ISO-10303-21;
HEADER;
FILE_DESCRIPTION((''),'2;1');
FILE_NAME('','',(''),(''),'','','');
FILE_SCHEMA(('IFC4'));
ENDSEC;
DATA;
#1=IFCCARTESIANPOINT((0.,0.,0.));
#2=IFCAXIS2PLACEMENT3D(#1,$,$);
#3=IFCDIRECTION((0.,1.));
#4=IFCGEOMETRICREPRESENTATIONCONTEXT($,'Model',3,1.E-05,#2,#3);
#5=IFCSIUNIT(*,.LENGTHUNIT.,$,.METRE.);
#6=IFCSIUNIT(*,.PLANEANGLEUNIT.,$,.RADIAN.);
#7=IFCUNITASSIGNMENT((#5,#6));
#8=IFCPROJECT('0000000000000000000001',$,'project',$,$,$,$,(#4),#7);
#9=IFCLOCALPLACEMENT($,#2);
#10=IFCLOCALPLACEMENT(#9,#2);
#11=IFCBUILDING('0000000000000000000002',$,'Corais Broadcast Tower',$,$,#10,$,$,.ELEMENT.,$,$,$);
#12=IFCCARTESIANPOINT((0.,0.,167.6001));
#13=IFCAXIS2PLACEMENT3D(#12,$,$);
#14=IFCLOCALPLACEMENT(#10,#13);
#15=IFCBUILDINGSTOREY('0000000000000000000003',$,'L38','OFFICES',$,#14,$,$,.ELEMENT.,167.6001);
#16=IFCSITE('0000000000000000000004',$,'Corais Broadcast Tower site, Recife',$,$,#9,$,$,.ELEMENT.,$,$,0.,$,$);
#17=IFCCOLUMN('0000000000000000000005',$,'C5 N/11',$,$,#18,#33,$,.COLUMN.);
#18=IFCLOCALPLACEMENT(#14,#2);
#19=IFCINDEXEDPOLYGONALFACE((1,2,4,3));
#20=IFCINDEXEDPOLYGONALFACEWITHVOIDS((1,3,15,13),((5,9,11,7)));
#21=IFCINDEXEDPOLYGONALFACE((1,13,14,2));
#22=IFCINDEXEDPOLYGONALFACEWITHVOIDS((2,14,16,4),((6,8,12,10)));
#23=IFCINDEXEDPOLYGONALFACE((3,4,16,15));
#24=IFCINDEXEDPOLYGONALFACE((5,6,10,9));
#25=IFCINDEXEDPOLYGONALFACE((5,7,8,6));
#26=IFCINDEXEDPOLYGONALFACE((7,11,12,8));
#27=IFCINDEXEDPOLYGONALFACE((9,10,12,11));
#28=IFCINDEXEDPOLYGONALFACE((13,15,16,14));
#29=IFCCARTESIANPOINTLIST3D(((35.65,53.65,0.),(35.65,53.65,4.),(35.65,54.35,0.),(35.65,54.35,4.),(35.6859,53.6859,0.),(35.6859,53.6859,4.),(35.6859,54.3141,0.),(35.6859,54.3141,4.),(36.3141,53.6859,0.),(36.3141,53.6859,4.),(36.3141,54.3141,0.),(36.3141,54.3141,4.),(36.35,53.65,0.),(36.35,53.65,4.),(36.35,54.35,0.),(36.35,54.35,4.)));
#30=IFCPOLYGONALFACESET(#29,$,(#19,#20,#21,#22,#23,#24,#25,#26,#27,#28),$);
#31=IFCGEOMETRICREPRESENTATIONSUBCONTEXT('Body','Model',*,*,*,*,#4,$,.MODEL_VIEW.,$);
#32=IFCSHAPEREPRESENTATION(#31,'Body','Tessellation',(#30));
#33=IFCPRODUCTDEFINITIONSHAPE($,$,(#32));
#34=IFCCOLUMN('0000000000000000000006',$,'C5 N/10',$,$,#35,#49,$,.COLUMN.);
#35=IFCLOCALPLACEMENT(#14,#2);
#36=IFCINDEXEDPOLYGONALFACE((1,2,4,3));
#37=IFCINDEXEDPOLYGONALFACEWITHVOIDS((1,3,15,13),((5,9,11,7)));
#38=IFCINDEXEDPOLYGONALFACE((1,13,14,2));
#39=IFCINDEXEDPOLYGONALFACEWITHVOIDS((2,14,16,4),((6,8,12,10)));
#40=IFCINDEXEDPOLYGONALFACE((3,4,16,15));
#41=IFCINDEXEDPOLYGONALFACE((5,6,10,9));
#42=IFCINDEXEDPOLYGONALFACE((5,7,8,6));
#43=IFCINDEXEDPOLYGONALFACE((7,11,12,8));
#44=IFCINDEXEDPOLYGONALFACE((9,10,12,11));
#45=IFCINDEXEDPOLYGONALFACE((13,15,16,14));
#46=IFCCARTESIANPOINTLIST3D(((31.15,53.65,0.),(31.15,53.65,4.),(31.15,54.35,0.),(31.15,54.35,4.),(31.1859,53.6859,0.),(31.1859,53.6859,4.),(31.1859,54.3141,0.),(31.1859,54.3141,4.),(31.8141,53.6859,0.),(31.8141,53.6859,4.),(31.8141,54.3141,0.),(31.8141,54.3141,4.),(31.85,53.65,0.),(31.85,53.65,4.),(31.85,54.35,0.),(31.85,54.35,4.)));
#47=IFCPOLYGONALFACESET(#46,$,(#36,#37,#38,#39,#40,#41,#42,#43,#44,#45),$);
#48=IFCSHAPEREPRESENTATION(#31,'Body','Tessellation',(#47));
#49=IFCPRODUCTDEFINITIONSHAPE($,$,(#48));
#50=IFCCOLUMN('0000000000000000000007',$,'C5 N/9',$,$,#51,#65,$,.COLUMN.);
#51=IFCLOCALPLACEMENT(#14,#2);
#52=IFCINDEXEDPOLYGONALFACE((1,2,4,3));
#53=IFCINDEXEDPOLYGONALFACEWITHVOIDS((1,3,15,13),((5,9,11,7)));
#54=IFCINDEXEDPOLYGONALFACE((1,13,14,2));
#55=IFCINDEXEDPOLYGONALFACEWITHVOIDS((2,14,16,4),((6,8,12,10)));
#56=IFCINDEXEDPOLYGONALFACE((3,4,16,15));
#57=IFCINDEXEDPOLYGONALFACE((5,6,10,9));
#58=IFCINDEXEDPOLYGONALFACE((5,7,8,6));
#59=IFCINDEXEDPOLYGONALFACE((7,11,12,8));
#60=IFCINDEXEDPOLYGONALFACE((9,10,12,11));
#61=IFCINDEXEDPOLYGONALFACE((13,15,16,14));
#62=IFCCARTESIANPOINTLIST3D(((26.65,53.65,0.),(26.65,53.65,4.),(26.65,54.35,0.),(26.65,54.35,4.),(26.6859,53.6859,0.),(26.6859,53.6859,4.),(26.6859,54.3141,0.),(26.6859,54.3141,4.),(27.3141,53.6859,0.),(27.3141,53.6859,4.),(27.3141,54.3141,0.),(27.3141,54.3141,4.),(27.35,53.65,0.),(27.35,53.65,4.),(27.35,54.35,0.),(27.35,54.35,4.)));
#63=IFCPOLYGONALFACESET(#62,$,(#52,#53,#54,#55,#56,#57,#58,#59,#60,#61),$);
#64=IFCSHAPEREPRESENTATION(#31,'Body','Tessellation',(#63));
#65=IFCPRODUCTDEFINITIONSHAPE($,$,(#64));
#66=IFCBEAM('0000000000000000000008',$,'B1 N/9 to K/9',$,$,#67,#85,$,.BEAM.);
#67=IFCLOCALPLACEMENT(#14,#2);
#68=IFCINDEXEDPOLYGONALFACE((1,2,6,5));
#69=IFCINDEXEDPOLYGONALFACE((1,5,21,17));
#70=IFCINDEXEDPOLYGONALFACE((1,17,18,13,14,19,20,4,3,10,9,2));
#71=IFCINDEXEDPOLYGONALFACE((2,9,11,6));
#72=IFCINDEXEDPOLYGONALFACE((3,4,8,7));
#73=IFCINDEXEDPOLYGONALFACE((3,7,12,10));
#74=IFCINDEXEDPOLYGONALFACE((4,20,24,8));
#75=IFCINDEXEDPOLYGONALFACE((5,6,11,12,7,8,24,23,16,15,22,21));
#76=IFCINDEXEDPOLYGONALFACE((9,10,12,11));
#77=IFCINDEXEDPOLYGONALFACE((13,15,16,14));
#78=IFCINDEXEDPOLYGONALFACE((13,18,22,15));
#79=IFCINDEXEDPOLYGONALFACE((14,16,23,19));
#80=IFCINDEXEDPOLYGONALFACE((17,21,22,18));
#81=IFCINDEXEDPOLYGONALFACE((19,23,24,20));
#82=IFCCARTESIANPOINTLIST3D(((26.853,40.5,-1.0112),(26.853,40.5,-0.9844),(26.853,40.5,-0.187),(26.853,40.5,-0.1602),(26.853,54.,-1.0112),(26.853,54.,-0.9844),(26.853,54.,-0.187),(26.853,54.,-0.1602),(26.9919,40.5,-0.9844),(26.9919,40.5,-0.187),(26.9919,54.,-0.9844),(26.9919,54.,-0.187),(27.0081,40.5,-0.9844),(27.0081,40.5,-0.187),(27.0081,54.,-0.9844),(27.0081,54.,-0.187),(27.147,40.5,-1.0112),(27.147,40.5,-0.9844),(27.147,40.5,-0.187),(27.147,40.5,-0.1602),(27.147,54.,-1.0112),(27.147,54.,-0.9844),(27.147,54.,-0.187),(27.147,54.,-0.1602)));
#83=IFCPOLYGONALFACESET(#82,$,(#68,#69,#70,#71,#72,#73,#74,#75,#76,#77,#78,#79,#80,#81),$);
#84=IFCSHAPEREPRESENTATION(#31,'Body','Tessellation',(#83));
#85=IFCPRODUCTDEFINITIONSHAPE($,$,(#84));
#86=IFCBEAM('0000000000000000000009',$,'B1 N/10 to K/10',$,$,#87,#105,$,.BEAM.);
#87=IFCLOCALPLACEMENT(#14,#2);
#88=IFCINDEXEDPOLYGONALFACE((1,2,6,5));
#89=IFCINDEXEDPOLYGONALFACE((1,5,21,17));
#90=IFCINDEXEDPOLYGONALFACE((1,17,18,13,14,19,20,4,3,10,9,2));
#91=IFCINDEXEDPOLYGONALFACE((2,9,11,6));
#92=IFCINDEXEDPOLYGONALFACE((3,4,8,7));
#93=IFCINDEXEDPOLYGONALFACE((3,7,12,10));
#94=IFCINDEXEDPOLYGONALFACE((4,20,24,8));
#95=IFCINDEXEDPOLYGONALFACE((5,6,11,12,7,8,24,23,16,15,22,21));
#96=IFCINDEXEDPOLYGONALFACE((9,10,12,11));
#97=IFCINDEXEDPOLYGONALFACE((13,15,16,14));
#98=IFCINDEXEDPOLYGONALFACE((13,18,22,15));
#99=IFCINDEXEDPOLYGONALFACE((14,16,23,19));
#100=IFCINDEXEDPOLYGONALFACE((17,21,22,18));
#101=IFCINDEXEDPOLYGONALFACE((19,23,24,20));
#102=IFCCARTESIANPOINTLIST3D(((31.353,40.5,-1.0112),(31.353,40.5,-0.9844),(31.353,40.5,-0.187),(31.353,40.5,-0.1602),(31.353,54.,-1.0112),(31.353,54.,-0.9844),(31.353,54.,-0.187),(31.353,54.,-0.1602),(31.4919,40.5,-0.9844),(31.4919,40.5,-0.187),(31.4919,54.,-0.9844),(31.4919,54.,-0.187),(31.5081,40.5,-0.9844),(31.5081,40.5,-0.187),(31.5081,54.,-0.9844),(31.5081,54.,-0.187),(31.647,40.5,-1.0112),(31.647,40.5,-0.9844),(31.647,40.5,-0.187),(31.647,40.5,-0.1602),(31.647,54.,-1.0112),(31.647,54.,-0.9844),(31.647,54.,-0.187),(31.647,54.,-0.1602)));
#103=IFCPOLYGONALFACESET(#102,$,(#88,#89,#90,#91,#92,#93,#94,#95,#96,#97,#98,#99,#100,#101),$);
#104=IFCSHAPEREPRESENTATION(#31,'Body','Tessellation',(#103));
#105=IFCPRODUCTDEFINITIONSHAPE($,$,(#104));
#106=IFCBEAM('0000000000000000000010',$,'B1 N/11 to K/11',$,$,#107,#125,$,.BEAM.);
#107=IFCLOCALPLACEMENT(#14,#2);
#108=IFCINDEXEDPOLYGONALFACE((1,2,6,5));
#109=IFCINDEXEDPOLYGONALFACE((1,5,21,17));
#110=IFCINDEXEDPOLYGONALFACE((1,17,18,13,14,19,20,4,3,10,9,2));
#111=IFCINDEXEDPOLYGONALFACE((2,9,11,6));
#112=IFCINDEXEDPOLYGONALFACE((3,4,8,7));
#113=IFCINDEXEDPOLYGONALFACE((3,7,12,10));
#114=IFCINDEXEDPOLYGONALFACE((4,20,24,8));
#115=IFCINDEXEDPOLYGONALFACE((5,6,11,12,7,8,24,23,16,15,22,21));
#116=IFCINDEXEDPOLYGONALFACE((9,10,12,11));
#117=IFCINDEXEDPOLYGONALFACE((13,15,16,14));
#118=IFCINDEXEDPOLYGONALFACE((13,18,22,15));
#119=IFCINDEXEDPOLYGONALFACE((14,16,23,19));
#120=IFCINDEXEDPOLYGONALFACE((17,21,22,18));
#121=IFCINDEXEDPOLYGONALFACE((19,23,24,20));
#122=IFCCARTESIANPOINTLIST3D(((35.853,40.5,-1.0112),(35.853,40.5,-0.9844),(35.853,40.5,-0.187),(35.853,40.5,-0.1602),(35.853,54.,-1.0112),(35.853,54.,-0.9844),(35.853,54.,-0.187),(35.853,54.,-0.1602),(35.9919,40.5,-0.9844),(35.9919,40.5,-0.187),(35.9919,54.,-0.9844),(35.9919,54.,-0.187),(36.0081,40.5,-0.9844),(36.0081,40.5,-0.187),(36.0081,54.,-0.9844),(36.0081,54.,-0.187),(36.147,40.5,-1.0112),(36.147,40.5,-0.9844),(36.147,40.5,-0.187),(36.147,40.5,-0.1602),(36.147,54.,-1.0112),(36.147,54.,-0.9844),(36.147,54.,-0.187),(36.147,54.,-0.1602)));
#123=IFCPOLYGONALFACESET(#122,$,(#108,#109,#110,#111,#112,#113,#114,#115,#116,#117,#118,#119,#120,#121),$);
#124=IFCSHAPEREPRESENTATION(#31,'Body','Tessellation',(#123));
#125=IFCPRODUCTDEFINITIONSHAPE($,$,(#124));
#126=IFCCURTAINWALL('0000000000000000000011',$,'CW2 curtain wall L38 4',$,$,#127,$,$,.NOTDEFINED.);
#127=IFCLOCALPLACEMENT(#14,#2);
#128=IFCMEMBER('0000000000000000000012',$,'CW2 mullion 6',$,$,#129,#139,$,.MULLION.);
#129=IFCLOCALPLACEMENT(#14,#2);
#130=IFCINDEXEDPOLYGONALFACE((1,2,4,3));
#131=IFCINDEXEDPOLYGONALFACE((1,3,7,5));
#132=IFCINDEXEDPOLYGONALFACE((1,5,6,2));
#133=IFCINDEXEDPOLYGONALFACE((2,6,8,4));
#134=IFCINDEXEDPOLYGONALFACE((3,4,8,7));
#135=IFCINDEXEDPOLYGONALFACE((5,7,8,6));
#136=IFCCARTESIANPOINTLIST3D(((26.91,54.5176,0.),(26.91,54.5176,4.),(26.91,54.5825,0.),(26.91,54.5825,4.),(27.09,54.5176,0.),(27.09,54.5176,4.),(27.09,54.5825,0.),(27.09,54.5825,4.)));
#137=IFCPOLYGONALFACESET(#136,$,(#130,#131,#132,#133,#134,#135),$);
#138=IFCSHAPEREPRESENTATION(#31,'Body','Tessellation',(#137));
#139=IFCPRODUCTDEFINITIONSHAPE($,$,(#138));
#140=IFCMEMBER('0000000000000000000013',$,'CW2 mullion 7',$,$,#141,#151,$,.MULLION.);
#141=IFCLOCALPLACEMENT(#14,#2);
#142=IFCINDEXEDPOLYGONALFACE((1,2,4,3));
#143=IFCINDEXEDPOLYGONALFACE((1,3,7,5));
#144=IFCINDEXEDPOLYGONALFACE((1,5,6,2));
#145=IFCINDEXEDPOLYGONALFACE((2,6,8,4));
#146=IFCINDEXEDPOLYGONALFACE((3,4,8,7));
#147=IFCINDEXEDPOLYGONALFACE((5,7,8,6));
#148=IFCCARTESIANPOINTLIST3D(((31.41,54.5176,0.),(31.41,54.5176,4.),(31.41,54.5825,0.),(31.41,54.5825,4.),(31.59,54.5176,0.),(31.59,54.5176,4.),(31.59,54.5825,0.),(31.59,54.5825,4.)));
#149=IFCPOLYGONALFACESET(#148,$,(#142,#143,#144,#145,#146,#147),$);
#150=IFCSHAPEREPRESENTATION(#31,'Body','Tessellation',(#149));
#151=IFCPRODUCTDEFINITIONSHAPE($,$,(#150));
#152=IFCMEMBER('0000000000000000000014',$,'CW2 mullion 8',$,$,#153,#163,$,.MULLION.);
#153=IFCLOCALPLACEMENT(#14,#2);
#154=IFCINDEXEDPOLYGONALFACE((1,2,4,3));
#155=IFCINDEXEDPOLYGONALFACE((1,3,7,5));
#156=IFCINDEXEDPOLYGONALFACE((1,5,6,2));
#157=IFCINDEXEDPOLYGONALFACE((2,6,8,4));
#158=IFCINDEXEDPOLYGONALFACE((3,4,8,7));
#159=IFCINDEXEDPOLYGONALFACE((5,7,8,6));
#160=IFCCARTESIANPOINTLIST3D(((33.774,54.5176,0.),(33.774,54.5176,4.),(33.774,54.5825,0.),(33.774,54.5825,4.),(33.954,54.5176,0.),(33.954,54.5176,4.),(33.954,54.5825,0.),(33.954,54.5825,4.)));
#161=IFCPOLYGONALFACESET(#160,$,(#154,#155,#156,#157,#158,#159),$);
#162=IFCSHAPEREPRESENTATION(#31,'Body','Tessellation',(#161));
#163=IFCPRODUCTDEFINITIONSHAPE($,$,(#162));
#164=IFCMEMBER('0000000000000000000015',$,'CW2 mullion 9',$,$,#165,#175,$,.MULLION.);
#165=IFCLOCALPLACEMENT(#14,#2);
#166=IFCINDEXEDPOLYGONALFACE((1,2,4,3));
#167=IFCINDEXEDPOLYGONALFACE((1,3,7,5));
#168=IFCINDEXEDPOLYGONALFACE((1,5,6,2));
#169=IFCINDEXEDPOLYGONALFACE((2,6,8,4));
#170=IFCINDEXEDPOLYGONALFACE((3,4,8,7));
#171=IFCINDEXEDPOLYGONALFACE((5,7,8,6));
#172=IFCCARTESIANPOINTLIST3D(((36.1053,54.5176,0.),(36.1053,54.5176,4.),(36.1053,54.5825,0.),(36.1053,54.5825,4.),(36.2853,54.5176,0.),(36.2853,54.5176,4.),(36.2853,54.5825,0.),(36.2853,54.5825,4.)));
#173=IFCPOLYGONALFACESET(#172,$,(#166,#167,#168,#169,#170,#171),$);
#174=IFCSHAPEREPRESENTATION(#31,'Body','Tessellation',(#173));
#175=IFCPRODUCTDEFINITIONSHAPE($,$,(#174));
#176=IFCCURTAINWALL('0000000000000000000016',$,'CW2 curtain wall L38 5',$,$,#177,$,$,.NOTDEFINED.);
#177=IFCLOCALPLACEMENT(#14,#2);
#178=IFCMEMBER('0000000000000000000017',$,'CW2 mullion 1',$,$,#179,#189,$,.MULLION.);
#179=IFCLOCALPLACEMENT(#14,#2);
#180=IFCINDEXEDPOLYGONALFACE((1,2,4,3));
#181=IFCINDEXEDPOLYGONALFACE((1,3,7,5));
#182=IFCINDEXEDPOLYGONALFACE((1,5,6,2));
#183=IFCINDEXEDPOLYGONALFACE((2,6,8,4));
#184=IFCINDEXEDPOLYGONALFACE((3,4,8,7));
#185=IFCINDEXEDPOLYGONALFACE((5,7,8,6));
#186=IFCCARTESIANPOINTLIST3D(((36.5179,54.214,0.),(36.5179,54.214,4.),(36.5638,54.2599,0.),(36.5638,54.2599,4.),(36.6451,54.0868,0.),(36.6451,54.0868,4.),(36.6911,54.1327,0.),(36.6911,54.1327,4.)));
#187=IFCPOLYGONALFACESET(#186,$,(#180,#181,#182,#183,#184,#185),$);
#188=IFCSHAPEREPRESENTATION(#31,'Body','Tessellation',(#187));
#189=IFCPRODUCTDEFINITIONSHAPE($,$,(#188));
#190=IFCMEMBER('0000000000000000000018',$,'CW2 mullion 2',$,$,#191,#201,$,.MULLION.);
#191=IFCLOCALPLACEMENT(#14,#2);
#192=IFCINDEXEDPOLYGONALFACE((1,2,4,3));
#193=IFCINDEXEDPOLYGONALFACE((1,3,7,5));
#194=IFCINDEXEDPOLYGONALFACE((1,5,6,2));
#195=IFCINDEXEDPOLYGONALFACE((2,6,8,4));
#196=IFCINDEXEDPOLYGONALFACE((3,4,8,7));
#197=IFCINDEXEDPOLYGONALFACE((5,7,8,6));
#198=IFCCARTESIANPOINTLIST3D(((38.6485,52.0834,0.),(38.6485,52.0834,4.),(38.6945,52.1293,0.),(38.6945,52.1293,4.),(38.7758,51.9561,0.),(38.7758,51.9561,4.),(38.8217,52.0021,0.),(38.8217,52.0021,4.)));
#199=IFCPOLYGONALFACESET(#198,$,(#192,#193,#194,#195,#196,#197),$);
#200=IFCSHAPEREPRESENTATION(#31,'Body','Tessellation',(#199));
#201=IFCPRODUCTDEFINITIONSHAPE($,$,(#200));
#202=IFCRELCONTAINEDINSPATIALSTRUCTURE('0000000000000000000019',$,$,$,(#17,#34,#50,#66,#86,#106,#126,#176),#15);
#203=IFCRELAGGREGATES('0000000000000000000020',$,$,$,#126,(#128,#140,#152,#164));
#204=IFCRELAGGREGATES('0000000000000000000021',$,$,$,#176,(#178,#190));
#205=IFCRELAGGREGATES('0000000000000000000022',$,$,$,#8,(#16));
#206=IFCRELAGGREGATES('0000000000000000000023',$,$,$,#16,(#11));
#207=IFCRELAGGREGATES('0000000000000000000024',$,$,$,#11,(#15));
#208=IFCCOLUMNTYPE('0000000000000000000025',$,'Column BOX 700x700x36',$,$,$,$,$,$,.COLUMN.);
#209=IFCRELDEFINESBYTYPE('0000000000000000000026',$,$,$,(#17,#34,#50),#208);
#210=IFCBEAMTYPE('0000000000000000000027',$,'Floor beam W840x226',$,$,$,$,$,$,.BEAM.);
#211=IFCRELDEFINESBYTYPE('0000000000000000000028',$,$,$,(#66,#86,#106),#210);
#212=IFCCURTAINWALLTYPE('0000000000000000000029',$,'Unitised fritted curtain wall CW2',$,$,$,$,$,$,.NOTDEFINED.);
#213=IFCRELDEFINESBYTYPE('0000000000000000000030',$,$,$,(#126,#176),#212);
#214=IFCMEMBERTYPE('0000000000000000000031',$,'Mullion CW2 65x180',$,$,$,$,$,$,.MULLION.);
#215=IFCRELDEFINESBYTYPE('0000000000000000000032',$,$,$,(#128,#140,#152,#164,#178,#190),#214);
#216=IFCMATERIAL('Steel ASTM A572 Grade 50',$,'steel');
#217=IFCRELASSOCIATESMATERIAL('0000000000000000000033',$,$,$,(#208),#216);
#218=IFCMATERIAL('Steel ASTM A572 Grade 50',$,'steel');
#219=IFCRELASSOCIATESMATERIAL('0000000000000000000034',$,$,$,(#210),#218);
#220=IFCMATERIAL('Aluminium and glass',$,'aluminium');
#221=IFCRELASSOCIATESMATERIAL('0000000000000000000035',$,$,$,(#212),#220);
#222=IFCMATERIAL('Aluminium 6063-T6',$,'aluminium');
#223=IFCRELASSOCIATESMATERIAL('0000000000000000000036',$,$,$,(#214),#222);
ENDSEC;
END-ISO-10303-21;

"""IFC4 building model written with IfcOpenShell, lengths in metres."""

from ifc_helpers import new_model, si_unit, direction, frame, origin, origin_2d, place, context, subcontext, project, spatial, rectangle, hollow_rectangle, i_section, extrude, material, material_profile, profile_set, type_object, element, aggregate, save


model = new_model("IFC4")

# Units and contexts
model_context = context("Model", 3, precision=1e-05, world=origin(), true_north=direction((0.0, 1.0)))
body_context = subcontext(model_context, "Body", "Model", "MODEL_VIEW")
ifc_project = project(units=[si_unit("LENGTHUNIT", "METRE"), si_unit("PLANEANGLEUNIT", "RADIAN")], contexts=[model_context])

# Site, building, storey
site_placement = place(None, origin())
site = spatial("IfcSite", under=ifc_project, at=site_placement, Name="Corais Broadcast Tower site, Recife", CompositionType="ELEMENT", RefElevation=0.0)
building_placement = place(site_placement, origin())
building = spatial("IfcBuilding", under=site, at=building_placement, Name="Corais Broadcast Tower", CompositionType="ELEMENT")
storey_placement = place(building_placement, frame((0.0, 0.0, 167.6001)))
storey = spatial("IfcBuildingStorey", under=building, at=storey_placement, Name="L38", Description="OFFICES", CompositionType="ELEMENT", Elevation=167.6001)

# Columns
ifc_material_1 = material(Name="Steel ASTM A572 Grade 50", Category="steel")
ifc_material_profile_1 = material_profile(ifc_material_1, hollow_rectangle(XDim=0.7, YDim=0.7, WallThickness=0.0359, at=origin_2d()), Name="BOX 700x700x36")
ifc_profile_set_1 = profile_set([ifc_material_profile_1], Name="Steel ASTM A572 Grade 50")
column_type = type_object("IfcColumnType", Name="Column BOX 700x700x36", PredefinedType="COLUMN", material=ifc_profile_set_1)
for number, where, z_axis, x_axis, name in (
    (1, (36.0, 54.0, 0.0), (0.0, 0.0, 1.0), (1.0, 0.0, 0.0), "C5 N/11"),
    (2, (31.5, 54.0, 0.0), (0.0, 0.0, 1.0), (1.0, 0.0, 0.0), "C5 N/10"),
    (3, (27.0, 54.0, 0.0), (0.0, 0.0, 1.0), (1.0, 0.0, 0.0), "C5 N/9"),
):
    element("IfcColumn", number, at=place(storey_placement, frame(where, z_axis=z_axis, x_axis=x_axis)), inside=storey, type_object=column_type, Name=name, PredefinedType="COLUMN", context=body_context, shape_type="SweptSolid", body=[
        extrude(hollow_rectangle(XDim=0.7, YDim=0.7, WallThickness=0.0359, at=origin_2d()), origin(), (0.0, 0.0, 1.0), 4.0),
    ])

# Beams
ifc_material_2 = material(Name="Steel ASTM A572 Grade 50", Category="steel")
ifc_material_profile_2 = material_profile(ifc_material_2, i_section(OverallWidth=0.2939, OverallDepth=0.8511, WebThickness=0.0161, FlangeThickness=0.0269, at=origin_2d()), Name="W840x226")
ifc_profile_set_2 = profile_set([ifc_material_profile_2], Name="Steel ASTM A572 Grade 50")
beam_type_1 = type_object("IfcBeamType", Name="Floor beam W840x226", PredefinedType="BEAM", material=ifc_profile_set_2)
for number, where, z_axis, x_axis, name in (
    (4, (27.0, 54.0, -0.5857), (0.0, -1.0, 0.0), (1.0, 0.0, 0.0), "B1 N/9 to K/9"),
    (5, (31.5, 54.0, -0.5857), (0.0, -1.0, 0.0), (1.0, 0.0, 0.0), "B1 N/10 to K/10"),
    (6, (36.0, 54.0, -0.5857), (0.0, -1.0, 0.0), (1.0, 0.0, 0.0), "B1 N/11 to K/11"),
):
    element("IfcBeam", number, at=place(storey_placement, frame(where, z_axis=z_axis, x_axis=x_axis)), inside=storey, type_object=beam_type_1, Name=name, PredefinedType="BEAM", context=body_context, shape_type="SweptSolid", body=[
        extrude(i_section(OverallWidth=0.2939, OverallDepth=0.8511, WebThickness=0.0161, FlangeThickness=0.0269, at=origin_2d()), origin(), (0.0, 0.0, 1.0), 13.5),
    ])

# Curtain walls, members
ifc_material_3 = material(Name="Aluminium and glass", Category="aluminium")
curtain_wall_type = type_object("IfcCurtainWallType", Name="Unitised fritted curtain wall CW2", PredefinedType="NOTDEFINED", material=ifc_material_3)
curtain_wall_1_placement = place(storey_placement, origin())
curtain_wall_1 = element("IfcCurtainWall", 7, at=curtain_wall_1_placement, inside=storey, type_object=curtain_wall_type, Name="CW2 curtain wall L38 4", PredefinedType="NOTDEFINED")
ifc_material_4 = material(Name="Aluminium 6063-T6", Category="aluminium")
ifc_material_profile_3 = material_profile(ifc_material_4, rectangle(XDim=0.0649, YDim=0.1799, at=origin_2d()), Name="Mullion CW2 65x180")
ifc_profile_set_3 = profile_set([ifc_material_profile_3], Name="Aluminium 6063-T6")
member_type_1 = type_object("IfcMemberType", Name="Mullion CW2 65x180", PredefinedType="MULLION", material=ifc_profile_set_3)
member_1_placement = place(storey_placement, frame((27.0, 54.55, 0.0), z_axis=(0.0, 0.0, 1.0), x_axis=(0.0, 1.0, 0.0)))
member_1 = element("IfcMember", 8, at=member_1_placement, type_object=member_type_1, Name="CW2 mullion 6", PredefinedType="MULLION", context=body_context, shape_type="SweptSolid", body=[
    extrude(rectangle(XDim=0.0649, YDim=0.1799, at=origin_2d()), origin(), (0.0, 0.0, 1.0), 4.0),
])
member_2_placement = place(storey_placement, frame((31.5, 54.55, 0.0), z_axis=(0.0, 0.0, 1.0), x_axis=(0.0, 1.0, 0.0)))
member_2 = element("IfcMember", 9, at=member_2_placement, type_object=member_type_1, Name="CW2 mullion 7", PredefinedType="MULLION", context=body_context, shape_type="SweptSolid", body=[
    extrude(rectangle(XDim=0.0649, YDim=0.1799, at=origin_2d()), origin(), (0.0, 0.0, 1.0), 4.0),
])
member_3_placement = place(storey_placement, frame((33.864, 54.55, 0.0), z_axis=(0.0, 0.0, 1.0), x_axis=(0.0, 1.0, 0.0)))
member_3 = element("IfcMember", 10, at=member_3_placement, type_object=member_type_1, Name="CW2 mullion 8", PredefinedType="MULLION", context=body_context, shape_type="SweptSolid", body=[
    extrude(rectangle(XDim=0.0649, YDim=0.1799, at=origin_2d()), origin(), (0.0, 0.0, 1.0), 4.0),
])
member_4_placement = place(storey_placement, frame((36.1953, 54.55, 0.0), z_axis=(0.0, 0.0, 1.0), x_axis=(0.0, 1.0, 0.0)))
member_4 = element("IfcMember", 11, at=member_4_placement, type_object=member_type_1, Name="CW2 mullion 9", PredefinedType="MULLION", context=body_context, shape_type="SweptSolid", body=[
    extrude(rectangle(XDim=0.0649, YDim=0.1799, at=origin_2d()), origin(), (0.0, 0.0, 1.0), 4.0),
])
curtain_wall_2_placement = place(storey_placement, origin())
curtain_wall_2 = element("IfcCurtainWall", 12, at=curtain_wall_2_placement, inside=storey, type_object=curtain_wall_type, Name="CW2 curtain wall L38 5", PredefinedType="NOTDEFINED")
member_5_placement = place(storey_placement, frame((36.6045, 54.1733, 0.0), z_axis=(0.0, 0.0, 1.0), x_axis=(0.707107, 0.707107, 0.0)))
member_5 = element("IfcMember", 13, at=member_5_placement, type_object=member_type_1, Name="CW2 mullion 1", PredefinedType="MULLION", context=body_context, shape_type="SweptSolid", body=[
    extrude(rectangle(XDim=0.0649, YDim=0.1799, at=origin_2d()), origin(), (0.0, 0.0, 1.0), 4.0),
])
member_6_placement = place(storey_placement, frame((38.7351, 52.0427, 0.0), z_axis=(0.0, 0.0, 1.0), x_axis=(0.707107, 0.707107, 0.0)))
member_6 = element("IfcMember", 14, at=member_6_placement, type_object=member_type_1, Name="CW2 mullion 2", PredefinedType="MULLION", context=body_context, shape_type="SweptSolid", body=[
    extrude(rectangle(XDim=0.0649, YDim=0.1799, at=origin_2d()), origin(), (0.0, 0.0, 1.0), 4.0),
])

aggregate(curtain_wall_1, [member_1, member_2, member_3, member_4])
aggregate(curtain_wall_2, [member_5, member_6])

save(model, "model.ifc")
